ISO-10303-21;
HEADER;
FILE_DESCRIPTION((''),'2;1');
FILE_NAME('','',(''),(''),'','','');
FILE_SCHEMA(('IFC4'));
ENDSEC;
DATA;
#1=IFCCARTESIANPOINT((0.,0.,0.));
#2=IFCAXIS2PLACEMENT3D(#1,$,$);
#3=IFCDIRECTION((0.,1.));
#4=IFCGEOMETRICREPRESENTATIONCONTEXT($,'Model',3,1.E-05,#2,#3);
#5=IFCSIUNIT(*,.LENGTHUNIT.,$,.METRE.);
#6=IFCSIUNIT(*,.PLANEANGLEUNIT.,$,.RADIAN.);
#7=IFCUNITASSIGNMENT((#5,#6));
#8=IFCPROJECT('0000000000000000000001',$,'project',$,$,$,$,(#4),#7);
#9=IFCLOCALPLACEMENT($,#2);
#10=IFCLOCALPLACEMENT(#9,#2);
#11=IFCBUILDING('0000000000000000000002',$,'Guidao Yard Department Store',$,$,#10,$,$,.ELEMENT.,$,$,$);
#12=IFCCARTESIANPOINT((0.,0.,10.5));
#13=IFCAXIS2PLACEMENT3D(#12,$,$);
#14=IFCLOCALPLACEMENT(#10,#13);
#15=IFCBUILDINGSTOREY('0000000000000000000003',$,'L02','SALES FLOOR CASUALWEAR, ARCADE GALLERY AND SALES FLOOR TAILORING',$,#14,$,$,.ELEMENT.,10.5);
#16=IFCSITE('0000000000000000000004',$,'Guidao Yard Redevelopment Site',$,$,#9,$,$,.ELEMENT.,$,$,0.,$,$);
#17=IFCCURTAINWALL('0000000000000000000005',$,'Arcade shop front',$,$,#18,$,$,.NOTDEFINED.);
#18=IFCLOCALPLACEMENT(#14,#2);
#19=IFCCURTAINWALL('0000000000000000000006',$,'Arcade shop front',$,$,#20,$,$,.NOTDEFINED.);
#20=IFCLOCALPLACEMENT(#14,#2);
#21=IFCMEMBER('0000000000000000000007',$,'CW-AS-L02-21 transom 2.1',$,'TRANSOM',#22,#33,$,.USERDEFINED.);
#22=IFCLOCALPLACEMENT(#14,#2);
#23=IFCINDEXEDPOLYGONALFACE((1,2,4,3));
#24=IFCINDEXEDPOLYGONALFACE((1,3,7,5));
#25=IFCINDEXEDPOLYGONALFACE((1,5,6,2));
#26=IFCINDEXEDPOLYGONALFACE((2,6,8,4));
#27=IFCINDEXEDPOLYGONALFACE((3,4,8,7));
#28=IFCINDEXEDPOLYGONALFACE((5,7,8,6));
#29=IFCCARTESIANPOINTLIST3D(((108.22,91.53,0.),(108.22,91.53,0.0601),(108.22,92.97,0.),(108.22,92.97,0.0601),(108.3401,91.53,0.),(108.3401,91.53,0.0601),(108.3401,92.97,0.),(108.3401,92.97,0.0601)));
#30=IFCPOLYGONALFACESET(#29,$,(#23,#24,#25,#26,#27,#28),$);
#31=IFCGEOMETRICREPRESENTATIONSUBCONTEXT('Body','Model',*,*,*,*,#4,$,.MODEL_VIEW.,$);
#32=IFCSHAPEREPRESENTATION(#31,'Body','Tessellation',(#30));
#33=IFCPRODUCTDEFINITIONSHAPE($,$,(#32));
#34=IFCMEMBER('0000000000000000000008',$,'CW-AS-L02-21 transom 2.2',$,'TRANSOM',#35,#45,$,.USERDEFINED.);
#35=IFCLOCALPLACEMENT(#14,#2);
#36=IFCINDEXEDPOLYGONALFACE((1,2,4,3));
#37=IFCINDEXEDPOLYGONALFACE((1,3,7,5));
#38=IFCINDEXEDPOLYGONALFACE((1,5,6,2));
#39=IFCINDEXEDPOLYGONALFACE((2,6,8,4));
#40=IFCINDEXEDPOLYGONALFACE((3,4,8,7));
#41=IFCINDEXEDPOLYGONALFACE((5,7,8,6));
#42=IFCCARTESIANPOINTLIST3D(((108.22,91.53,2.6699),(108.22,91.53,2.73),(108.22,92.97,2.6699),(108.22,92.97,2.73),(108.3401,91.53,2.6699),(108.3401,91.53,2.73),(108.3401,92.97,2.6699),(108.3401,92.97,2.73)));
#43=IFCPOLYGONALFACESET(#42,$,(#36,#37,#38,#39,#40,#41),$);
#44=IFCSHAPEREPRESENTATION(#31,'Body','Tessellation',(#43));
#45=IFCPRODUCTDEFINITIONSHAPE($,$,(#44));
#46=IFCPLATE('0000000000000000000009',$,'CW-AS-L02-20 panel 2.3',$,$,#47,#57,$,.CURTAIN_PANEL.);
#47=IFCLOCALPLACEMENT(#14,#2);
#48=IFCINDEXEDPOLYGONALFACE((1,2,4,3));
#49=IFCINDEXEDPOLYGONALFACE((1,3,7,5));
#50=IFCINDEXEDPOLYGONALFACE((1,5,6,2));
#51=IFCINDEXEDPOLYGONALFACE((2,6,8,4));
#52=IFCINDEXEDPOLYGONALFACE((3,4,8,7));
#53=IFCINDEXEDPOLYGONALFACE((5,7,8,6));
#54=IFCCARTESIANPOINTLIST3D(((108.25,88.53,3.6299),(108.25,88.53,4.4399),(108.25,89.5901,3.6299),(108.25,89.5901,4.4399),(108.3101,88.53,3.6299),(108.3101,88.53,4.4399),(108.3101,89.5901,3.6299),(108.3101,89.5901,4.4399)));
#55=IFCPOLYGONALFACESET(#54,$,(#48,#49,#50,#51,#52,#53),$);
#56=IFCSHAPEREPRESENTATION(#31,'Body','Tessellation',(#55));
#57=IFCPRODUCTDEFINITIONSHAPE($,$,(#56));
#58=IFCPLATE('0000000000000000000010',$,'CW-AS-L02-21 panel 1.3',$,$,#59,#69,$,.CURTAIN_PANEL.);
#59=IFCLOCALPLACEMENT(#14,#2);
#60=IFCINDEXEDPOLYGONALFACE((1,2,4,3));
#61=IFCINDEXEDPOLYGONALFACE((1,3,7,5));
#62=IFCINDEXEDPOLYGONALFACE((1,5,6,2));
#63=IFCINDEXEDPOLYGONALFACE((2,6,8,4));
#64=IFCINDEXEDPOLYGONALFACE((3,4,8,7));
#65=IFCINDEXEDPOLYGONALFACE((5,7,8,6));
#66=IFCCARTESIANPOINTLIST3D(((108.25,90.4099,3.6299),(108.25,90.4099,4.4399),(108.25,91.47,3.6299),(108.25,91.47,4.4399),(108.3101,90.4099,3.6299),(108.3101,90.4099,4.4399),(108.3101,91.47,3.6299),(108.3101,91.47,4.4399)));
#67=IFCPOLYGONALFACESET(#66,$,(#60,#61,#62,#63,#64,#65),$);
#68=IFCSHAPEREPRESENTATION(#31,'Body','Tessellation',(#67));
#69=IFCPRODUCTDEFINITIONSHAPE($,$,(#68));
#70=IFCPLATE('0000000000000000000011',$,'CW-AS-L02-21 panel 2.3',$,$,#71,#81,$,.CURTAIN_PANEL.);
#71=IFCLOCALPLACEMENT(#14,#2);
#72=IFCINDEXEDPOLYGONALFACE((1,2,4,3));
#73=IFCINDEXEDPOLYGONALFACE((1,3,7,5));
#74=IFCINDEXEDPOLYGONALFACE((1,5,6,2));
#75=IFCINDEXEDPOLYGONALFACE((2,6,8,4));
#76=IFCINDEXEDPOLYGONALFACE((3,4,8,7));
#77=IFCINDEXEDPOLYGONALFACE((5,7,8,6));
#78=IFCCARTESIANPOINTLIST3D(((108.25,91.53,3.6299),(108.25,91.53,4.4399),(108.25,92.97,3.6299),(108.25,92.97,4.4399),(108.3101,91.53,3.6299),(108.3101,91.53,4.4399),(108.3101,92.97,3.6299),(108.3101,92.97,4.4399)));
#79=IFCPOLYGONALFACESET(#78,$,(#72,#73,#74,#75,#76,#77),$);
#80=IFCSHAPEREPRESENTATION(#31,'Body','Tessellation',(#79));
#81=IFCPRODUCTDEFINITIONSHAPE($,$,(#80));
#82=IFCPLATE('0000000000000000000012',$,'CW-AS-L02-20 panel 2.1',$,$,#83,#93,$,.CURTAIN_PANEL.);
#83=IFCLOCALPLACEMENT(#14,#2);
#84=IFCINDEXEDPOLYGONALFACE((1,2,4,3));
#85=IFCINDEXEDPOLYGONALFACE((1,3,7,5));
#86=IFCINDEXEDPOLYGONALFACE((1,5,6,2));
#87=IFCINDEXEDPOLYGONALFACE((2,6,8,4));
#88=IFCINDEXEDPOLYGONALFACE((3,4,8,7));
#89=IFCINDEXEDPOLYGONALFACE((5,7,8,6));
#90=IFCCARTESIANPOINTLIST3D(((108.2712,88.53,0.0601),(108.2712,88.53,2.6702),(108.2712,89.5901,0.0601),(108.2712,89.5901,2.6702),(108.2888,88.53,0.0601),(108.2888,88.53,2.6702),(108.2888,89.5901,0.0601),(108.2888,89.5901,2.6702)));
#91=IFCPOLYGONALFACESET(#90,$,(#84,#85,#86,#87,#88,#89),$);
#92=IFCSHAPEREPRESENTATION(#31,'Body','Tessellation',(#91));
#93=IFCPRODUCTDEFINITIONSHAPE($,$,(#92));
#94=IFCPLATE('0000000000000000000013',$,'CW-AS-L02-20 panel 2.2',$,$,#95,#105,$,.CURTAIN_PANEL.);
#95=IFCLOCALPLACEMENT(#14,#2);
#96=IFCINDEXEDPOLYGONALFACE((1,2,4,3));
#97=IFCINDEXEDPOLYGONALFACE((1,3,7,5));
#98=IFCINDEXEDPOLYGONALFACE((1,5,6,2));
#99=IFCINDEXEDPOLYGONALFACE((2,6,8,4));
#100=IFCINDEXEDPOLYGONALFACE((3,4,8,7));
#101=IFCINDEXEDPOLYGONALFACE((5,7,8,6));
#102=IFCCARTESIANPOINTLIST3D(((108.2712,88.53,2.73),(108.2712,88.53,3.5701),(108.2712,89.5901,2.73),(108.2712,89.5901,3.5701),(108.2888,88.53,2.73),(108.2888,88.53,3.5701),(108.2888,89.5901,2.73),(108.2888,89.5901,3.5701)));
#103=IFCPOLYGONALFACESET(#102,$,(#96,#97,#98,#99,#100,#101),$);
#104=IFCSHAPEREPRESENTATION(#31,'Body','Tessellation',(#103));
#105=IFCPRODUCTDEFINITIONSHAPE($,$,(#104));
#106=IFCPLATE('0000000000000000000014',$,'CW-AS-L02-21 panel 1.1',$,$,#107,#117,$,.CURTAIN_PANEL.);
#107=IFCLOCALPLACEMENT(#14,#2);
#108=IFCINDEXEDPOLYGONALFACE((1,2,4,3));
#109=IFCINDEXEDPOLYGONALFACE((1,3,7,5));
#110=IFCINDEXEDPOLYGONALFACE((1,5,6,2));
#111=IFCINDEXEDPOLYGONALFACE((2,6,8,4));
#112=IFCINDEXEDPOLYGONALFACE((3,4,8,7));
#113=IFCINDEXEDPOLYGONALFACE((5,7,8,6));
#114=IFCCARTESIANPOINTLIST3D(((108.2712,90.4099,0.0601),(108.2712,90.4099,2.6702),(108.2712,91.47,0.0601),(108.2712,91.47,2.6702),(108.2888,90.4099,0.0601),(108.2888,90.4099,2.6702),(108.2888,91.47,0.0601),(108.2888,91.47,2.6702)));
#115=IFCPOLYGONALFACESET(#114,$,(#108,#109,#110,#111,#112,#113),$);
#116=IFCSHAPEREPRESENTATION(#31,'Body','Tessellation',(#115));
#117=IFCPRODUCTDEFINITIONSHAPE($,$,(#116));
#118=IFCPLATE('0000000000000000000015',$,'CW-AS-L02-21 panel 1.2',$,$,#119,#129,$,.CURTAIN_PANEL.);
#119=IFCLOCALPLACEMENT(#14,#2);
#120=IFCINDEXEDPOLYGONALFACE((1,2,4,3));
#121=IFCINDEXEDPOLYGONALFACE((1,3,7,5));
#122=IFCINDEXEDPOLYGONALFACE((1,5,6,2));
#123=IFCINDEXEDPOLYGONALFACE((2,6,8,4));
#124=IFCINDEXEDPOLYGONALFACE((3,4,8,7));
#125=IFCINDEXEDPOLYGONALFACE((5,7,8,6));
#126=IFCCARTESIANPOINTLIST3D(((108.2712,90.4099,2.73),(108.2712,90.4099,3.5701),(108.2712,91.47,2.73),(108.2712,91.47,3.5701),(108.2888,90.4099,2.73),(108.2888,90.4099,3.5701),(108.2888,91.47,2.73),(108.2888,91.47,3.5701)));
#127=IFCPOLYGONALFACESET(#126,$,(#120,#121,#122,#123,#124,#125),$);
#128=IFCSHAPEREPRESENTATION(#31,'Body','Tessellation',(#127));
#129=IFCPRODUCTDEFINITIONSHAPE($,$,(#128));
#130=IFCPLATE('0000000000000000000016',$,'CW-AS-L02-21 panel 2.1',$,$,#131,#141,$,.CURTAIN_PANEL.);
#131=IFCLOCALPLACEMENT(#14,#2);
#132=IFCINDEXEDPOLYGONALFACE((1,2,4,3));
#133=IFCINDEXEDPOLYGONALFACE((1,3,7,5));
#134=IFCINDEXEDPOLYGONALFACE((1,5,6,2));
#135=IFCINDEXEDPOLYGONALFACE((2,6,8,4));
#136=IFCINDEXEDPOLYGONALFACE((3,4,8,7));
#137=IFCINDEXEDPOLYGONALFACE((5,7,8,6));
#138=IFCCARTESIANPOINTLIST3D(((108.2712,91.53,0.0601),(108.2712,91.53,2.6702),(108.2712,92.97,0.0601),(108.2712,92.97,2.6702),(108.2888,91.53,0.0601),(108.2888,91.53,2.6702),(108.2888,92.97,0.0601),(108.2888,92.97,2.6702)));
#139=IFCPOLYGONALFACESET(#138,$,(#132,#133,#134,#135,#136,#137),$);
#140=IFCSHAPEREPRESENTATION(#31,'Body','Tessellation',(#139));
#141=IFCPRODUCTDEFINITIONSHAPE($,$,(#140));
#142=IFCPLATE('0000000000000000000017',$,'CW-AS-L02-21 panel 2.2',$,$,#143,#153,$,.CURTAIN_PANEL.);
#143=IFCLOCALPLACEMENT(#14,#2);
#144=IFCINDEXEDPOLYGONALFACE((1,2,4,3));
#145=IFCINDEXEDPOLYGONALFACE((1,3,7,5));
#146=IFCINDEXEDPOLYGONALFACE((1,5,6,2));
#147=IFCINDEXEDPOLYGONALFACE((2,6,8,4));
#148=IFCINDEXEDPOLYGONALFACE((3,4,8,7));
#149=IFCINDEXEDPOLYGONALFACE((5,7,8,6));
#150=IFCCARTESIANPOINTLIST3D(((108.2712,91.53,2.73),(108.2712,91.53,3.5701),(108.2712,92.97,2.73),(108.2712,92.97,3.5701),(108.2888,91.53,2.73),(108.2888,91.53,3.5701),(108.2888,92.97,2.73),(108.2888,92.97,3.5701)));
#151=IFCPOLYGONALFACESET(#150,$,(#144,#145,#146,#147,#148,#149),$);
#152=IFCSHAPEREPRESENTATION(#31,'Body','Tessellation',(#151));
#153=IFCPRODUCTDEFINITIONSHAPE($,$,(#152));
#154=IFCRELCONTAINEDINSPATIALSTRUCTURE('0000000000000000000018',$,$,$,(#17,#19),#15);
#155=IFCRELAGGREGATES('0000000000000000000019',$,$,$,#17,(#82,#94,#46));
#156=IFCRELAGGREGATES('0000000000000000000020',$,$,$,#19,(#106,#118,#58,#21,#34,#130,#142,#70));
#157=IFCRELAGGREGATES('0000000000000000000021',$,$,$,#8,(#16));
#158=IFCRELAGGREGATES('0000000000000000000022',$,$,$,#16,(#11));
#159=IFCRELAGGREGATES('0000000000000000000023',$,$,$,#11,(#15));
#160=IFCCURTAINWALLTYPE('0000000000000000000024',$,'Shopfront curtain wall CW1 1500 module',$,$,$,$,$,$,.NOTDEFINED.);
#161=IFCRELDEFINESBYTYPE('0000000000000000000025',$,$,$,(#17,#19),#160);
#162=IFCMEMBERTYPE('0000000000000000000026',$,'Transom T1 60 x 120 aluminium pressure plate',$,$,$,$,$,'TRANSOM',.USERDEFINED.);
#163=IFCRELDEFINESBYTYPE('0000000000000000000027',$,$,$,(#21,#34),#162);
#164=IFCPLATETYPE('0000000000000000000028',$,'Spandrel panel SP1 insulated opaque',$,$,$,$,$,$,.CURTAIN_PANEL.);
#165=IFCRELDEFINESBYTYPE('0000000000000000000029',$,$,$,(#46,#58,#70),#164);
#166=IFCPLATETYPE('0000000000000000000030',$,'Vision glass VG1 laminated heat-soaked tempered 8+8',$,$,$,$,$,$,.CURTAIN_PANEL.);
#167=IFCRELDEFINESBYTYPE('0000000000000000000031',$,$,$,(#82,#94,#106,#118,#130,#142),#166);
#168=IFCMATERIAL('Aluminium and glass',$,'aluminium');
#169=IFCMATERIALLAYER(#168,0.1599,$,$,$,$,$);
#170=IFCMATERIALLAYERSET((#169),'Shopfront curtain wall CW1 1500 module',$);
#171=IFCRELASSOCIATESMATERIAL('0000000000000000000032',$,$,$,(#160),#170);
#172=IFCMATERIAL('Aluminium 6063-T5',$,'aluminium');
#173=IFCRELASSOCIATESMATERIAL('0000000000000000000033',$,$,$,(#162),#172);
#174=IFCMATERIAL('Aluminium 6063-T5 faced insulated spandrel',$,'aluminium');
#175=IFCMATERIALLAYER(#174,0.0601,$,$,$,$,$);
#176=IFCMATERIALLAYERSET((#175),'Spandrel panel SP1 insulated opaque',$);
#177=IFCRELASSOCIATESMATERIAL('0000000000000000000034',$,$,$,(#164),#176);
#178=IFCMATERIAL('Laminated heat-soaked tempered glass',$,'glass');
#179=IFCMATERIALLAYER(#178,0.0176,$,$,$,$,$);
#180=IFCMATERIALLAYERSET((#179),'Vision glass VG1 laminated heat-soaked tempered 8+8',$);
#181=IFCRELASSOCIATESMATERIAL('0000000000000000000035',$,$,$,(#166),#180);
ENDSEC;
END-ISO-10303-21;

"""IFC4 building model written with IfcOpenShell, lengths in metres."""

from ifc_helpers import new_model, si_unit, direction, frame, origin, origin_2d, place, context, subcontext, project, spatial, rectangle, extrude, material, layer, layer_set, material_profile, profile_set, type_object, element, aggregate, save


model = new_model("IFC4")

# Units and contexts
model_context = context("Model", 3, precision=1e-05, world=origin(), true_north=direction((0.0, 1.0)))
body_context = subcontext(model_context, "Body", "Model", "MODEL_VIEW")
ifc_project = project(units=[si_unit("LENGTHUNIT", "METRE"), si_unit("PLANEANGLEUNIT", "RADIAN")], contexts=[model_context])

# Site, building, storey
site_placement = place(None, origin())
site = spatial("IfcSite", under=ifc_project, at=site_placement, Name="Guidao Yard Redevelopment Site", CompositionType="ELEMENT", RefElevation=0.0)
building_placement = place(site_placement, origin())
building = spatial("IfcBuilding", under=site, at=building_placement, Name="Guidao Yard Department Store", CompositionType="ELEMENT")
storey_placement = place(building_placement, frame((0.0, 0.0, 10.5)))
storey = spatial("IfcBuildingStorey", under=building, at=storey_placement, Name="L02", Description="SALES FLOOR CASUALWEAR, ARCADE GALLERY AND SALES FLOOR TAILORING", CompositionType="ELEMENT", Elevation=10.5)

# Curtain walls
ifc_material_1 = material(Name="Aluminium and glass", Category="aluminium")
ifc_layer_1 = layer(ifc_material_1, 0.1599)
ifc_layer_set_1 = layer_set([ifc_layer_1], Name="Shopfront curtain wall CW1 1500 module")
curtain_wall_type = type_object("IfcCurtainWallType", Name="Shopfront curtain wall CW1 1500 module", PredefinedType="NOTDEFINED", material=ifc_layer_set_1)
curtain_wall_1_placement = place(storey_placement, origin())
curtain_wall_1 = element("IfcCurtainWall", 1, at=curtain_wall_1_placement, inside=storey, type_object=curtain_wall_type, Name="Arcade shop front", PredefinedType="NOTDEFINED")
curtain_wall_2_placement = place(storey_placement, origin())
curtain_wall_2 = element("IfcCurtainWall", 2, at=curtain_wall_2_placement, inside=storey, type_object=curtain_wall_type, Name="Arcade shop front", PredefinedType="NOTDEFINED")

# Members
ifc_material_2 = material(Name="Aluminium 6063-T5", Category="aluminium")
ifc_material_profile_1 = material_profile(ifc_material_2, rectangle(XDim=0.1201, YDim=0.0601, at=origin_2d()), Name="Transom T1 60 x 120 aluminium pressure plate")
ifc_profile_set_1 = profile_set([ifc_material_profile_1], Name="Aluminium 6063-T5")
member_type_1 = type_object("IfcMemberType", Name="Transom T1 60 x 120 aluminium pressure plate", ElementType="TRANSOM", PredefinedType="USERDEFINED", material=ifc_profile_set_1)
member_1_placement = place(storey_placement, frame((108.28, 92.97, 0.03), z_axis=(0.0, -1.0, 0.0), x_axis=(1.0, 0.0, 0.0)))
member_1 = element("IfcMember", 3, at=member_1_placement, type_object=member_type_1, Name="CW-AS-L02-21 transom 2.1", ObjectType="TRANSOM", PredefinedType="USERDEFINED", context=body_context, shape_type="SweptSolid", body=[
    extrude(rectangle(XDim=0.1201, YDim=0.0601, at=origin_2d()), origin(), (0.0, 0.0, 1.0), 1.4399),
])
member_2_placement = place(storey_placement, frame((108.28, 92.97, 2.7), z_axis=(0.0, -1.0, 0.0), x_axis=(1.0, 0.0, 0.0)))
member_2 = element("IfcMember", 4, at=member_2_placement, type_object=member_type_1, Name="CW-AS-L02-21 transom 2.2", ObjectType="TRANSOM", PredefinedType="USERDEFINED", context=body_context, shape_type="SweptSolid", body=[
    extrude(rectangle(XDim=0.1201, YDim=0.0601, at=origin_2d()), origin(), (0.0, 0.0, 1.0), 1.4399),
])

# Plates
ifc_material_3 = material(Name="Aluminium 6063-T5 faced insulated spandrel", Category="aluminium")
ifc_layer_2 = layer(ifc_material_3, 0.0601)
ifc_layer_set_2 = layer_set([ifc_layer_2], Name="Spandrel panel SP1 insulated opaque")
plate_type_1 = type_object("IfcPlateType", Name="Spandrel panel SP1 insulated opaque", PredefinedType="CURTAIN_PANEL", material=ifc_layer_set_2)
plate_1_placement = place(storey_placement, frame((108.28, 89.0601, 3.6299), z_axis=(0.0, 0.0, 1.0), x_axis=(0.0, -1.0, 0.0)))
plate_1 = element("IfcPlate", 5, at=plate_1_placement, type_object=plate_type_1, Name="CW-AS-L02-20 panel 2.3", PredefinedType="CURTAIN_PANEL", context=body_context, shape_type="SweptSolid", body=[
    extrude(rectangle(XDim=1.0601, YDim=0.0601, at=origin_2d()), origin(), (0.0, 0.0, 1.0), 0.8101),
])
plate_2_placement = place(storey_placement, frame((108.28, 90.9399, 3.6299), z_axis=(0.0, 0.0, 1.0), x_axis=(0.0, -1.0, 0.0)))
plate_2 = element("IfcPlate", 6, at=plate_2_placement, type_object=plate_type_1, Name="CW-AS-L02-21 panel 1.3", PredefinedType="CURTAIN_PANEL", context=body_context, shape_type="SweptSolid", body=[
    extrude(rectangle(XDim=1.0601, YDim=0.0601, at=origin_2d()), origin(), (0.0, 0.0, 1.0), 0.8101),
])
plate_3_placement = place(storey_placement, frame((108.28, 92.25, 3.6299), z_axis=(0.0, 0.0, 1.0), x_axis=(0.0, -1.0, 0.0)))
plate_3 = element("IfcPlate", 7, at=plate_3_placement, type_object=plate_type_1, Name="CW-AS-L02-21 panel 2.3", PredefinedType="CURTAIN_PANEL", context=body_context, shape_type="SweptSolid", body=[
    extrude(rectangle(XDim=1.4399, YDim=0.0601, at=origin_2d()), origin(), (0.0, 0.0, 1.0), 0.8101),
])
ifc_material_4 = material(Name="Laminated heat-soaked tempered glass", Category="glass")
ifc_layer_3 = layer(ifc_material_4, 0.0176)
ifc_layer_set_3 = layer_set([ifc_layer_3], Name="Vision glass VG1 laminated heat-soaked tempered 8+8")
plate_type_2 = type_object("IfcPlateType", Name="Vision glass VG1 laminated heat-soaked tempered 8+8", PredefinedType="CURTAIN_PANEL", material=ifc_layer_set_3)
plate_4_placement = place(storey_placement, frame((108.28, 89.0601, 0.0601), z_axis=(0.0, 0.0, 1.0), x_axis=(0.0, -1.0, 0.0)))
plate_4 = element("IfcPlate", 8, at=plate_4_placement, type_object=plate_type_2, Name="CW-AS-L02-20 panel 2.1", PredefinedType="CURTAIN_PANEL", context=body_context, shape_type="SweptSolid", body=[
    extrude(rectangle(XDim=1.0601, YDim=0.0176, at=origin_2d()), origin(), (0.0, 0.0, 1.0), 2.6101),
])
plate_5_placement = place(storey_placement, frame((108.28, 89.0601, 2.73), z_axis=(0.0, 0.0, 1.0), x_axis=(0.0, -1.0, 0.0)))
plate_5 = element("IfcPlate", 9, at=plate_5_placement, type_object=plate_type_2, Name="CW-AS-L02-20 panel 2.2", PredefinedType="CURTAIN_PANEL", context=body_context, shape_type="SweptSolid", body=[
    extrude(rectangle(XDim=1.0601, YDim=0.0176, at=origin_2d()), origin(), (0.0, 0.0, 1.0), 0.8401),
])
aggregate(curtain_wall_1, [plate_4, plate_5, plate_1])
plate_6_placement = place(storey_placement, frame((108.28, 90.9399, 0.0601), z_axis=(0.0, 0.0, 1.0), x_axis=(0.0, -1.0, 0.0)))
plate_6 = element("IfcPlate", 10, at=plate_6_placement, type_object=plate_type_2, Name="CW-AS-L02-21 panel 1.1", PredefinedType="CURTAIN_PANEL", context=body_context, shape_type="SweptSolid", body=[
    extrude(rectangle(XDim=1.0601, YDim=0.0176, at=origin_2d()), origin(), (0.0, 0.0, 1.0), 2.6101),
])
plate_7_placement = place(storey_placement, frame((108.28, 90.9399, 2.73), z_axis=(0.0, 0.0, 1.0), x_axis=(0.0, -1.0, 0.0)))
plate_7 = element("IfcPlate", 11, at=plate_7_placement, type_object=plate_type_2, Name="CW-AS-L02-21 panel 1.2", PredefinedType="CURTAIN_PANEL", context=body_context, shape_type="SweptSolid", body=[
    extrude(rectangle(XDim=1.0601, YDim=0.0176, at=origin_2d()), origin(), (0.0, 0.0, 1.0), 0.8401),
])
plate_8_placement = place(storey_placement, frame((108.28, 92.25, 0.0601), z_axis=(0.0, 0.0, 1.0), x_axis=(0.0, -1.0, 0.0)))
plate_8 = element("IfcPlate", 12, at=plate_8_placement, type_object=plate_type_2, Name="CW-AS-L02-21 panel 2.1", PredefinedType="CURTAIN_PANEL", context=body_context, shape_type="SweptSolid", body=[
    extrude(rectangle(XDim=1.4399, YDim=0.0176, at=origin_2d()), origin(), (0.0, 0.0, 1.0), 2.6101),
])
plate_9_placement = place(storey_placement, frame((108.28, 92.25, 2.73), z_axis=(0.0, 0.0, 1.0), x_axis=(0.0, -1.0, 0.0)))
plate_9 = element("IfcPlate", 13, at=plate_9_placement, type_object=plate_type_2, Name="CW-AS-L02-21 panel 2.2", PredefinedType="CURTAIN_PANEL", context=body_context, shape_type="SweptSolid", body=[
    extrude(rectangle(XDim=1.4399, YDim=0.0176, at=origin_2d()), origin(), (0.0, 0.0, 1.0), 0.8401),
])
aggregate(curtain_wall_2, [plate_6, plate_7, plate_2, member_1, member_2, plate_8, plate_9, plate_3])

save(model, "model.ifc")
